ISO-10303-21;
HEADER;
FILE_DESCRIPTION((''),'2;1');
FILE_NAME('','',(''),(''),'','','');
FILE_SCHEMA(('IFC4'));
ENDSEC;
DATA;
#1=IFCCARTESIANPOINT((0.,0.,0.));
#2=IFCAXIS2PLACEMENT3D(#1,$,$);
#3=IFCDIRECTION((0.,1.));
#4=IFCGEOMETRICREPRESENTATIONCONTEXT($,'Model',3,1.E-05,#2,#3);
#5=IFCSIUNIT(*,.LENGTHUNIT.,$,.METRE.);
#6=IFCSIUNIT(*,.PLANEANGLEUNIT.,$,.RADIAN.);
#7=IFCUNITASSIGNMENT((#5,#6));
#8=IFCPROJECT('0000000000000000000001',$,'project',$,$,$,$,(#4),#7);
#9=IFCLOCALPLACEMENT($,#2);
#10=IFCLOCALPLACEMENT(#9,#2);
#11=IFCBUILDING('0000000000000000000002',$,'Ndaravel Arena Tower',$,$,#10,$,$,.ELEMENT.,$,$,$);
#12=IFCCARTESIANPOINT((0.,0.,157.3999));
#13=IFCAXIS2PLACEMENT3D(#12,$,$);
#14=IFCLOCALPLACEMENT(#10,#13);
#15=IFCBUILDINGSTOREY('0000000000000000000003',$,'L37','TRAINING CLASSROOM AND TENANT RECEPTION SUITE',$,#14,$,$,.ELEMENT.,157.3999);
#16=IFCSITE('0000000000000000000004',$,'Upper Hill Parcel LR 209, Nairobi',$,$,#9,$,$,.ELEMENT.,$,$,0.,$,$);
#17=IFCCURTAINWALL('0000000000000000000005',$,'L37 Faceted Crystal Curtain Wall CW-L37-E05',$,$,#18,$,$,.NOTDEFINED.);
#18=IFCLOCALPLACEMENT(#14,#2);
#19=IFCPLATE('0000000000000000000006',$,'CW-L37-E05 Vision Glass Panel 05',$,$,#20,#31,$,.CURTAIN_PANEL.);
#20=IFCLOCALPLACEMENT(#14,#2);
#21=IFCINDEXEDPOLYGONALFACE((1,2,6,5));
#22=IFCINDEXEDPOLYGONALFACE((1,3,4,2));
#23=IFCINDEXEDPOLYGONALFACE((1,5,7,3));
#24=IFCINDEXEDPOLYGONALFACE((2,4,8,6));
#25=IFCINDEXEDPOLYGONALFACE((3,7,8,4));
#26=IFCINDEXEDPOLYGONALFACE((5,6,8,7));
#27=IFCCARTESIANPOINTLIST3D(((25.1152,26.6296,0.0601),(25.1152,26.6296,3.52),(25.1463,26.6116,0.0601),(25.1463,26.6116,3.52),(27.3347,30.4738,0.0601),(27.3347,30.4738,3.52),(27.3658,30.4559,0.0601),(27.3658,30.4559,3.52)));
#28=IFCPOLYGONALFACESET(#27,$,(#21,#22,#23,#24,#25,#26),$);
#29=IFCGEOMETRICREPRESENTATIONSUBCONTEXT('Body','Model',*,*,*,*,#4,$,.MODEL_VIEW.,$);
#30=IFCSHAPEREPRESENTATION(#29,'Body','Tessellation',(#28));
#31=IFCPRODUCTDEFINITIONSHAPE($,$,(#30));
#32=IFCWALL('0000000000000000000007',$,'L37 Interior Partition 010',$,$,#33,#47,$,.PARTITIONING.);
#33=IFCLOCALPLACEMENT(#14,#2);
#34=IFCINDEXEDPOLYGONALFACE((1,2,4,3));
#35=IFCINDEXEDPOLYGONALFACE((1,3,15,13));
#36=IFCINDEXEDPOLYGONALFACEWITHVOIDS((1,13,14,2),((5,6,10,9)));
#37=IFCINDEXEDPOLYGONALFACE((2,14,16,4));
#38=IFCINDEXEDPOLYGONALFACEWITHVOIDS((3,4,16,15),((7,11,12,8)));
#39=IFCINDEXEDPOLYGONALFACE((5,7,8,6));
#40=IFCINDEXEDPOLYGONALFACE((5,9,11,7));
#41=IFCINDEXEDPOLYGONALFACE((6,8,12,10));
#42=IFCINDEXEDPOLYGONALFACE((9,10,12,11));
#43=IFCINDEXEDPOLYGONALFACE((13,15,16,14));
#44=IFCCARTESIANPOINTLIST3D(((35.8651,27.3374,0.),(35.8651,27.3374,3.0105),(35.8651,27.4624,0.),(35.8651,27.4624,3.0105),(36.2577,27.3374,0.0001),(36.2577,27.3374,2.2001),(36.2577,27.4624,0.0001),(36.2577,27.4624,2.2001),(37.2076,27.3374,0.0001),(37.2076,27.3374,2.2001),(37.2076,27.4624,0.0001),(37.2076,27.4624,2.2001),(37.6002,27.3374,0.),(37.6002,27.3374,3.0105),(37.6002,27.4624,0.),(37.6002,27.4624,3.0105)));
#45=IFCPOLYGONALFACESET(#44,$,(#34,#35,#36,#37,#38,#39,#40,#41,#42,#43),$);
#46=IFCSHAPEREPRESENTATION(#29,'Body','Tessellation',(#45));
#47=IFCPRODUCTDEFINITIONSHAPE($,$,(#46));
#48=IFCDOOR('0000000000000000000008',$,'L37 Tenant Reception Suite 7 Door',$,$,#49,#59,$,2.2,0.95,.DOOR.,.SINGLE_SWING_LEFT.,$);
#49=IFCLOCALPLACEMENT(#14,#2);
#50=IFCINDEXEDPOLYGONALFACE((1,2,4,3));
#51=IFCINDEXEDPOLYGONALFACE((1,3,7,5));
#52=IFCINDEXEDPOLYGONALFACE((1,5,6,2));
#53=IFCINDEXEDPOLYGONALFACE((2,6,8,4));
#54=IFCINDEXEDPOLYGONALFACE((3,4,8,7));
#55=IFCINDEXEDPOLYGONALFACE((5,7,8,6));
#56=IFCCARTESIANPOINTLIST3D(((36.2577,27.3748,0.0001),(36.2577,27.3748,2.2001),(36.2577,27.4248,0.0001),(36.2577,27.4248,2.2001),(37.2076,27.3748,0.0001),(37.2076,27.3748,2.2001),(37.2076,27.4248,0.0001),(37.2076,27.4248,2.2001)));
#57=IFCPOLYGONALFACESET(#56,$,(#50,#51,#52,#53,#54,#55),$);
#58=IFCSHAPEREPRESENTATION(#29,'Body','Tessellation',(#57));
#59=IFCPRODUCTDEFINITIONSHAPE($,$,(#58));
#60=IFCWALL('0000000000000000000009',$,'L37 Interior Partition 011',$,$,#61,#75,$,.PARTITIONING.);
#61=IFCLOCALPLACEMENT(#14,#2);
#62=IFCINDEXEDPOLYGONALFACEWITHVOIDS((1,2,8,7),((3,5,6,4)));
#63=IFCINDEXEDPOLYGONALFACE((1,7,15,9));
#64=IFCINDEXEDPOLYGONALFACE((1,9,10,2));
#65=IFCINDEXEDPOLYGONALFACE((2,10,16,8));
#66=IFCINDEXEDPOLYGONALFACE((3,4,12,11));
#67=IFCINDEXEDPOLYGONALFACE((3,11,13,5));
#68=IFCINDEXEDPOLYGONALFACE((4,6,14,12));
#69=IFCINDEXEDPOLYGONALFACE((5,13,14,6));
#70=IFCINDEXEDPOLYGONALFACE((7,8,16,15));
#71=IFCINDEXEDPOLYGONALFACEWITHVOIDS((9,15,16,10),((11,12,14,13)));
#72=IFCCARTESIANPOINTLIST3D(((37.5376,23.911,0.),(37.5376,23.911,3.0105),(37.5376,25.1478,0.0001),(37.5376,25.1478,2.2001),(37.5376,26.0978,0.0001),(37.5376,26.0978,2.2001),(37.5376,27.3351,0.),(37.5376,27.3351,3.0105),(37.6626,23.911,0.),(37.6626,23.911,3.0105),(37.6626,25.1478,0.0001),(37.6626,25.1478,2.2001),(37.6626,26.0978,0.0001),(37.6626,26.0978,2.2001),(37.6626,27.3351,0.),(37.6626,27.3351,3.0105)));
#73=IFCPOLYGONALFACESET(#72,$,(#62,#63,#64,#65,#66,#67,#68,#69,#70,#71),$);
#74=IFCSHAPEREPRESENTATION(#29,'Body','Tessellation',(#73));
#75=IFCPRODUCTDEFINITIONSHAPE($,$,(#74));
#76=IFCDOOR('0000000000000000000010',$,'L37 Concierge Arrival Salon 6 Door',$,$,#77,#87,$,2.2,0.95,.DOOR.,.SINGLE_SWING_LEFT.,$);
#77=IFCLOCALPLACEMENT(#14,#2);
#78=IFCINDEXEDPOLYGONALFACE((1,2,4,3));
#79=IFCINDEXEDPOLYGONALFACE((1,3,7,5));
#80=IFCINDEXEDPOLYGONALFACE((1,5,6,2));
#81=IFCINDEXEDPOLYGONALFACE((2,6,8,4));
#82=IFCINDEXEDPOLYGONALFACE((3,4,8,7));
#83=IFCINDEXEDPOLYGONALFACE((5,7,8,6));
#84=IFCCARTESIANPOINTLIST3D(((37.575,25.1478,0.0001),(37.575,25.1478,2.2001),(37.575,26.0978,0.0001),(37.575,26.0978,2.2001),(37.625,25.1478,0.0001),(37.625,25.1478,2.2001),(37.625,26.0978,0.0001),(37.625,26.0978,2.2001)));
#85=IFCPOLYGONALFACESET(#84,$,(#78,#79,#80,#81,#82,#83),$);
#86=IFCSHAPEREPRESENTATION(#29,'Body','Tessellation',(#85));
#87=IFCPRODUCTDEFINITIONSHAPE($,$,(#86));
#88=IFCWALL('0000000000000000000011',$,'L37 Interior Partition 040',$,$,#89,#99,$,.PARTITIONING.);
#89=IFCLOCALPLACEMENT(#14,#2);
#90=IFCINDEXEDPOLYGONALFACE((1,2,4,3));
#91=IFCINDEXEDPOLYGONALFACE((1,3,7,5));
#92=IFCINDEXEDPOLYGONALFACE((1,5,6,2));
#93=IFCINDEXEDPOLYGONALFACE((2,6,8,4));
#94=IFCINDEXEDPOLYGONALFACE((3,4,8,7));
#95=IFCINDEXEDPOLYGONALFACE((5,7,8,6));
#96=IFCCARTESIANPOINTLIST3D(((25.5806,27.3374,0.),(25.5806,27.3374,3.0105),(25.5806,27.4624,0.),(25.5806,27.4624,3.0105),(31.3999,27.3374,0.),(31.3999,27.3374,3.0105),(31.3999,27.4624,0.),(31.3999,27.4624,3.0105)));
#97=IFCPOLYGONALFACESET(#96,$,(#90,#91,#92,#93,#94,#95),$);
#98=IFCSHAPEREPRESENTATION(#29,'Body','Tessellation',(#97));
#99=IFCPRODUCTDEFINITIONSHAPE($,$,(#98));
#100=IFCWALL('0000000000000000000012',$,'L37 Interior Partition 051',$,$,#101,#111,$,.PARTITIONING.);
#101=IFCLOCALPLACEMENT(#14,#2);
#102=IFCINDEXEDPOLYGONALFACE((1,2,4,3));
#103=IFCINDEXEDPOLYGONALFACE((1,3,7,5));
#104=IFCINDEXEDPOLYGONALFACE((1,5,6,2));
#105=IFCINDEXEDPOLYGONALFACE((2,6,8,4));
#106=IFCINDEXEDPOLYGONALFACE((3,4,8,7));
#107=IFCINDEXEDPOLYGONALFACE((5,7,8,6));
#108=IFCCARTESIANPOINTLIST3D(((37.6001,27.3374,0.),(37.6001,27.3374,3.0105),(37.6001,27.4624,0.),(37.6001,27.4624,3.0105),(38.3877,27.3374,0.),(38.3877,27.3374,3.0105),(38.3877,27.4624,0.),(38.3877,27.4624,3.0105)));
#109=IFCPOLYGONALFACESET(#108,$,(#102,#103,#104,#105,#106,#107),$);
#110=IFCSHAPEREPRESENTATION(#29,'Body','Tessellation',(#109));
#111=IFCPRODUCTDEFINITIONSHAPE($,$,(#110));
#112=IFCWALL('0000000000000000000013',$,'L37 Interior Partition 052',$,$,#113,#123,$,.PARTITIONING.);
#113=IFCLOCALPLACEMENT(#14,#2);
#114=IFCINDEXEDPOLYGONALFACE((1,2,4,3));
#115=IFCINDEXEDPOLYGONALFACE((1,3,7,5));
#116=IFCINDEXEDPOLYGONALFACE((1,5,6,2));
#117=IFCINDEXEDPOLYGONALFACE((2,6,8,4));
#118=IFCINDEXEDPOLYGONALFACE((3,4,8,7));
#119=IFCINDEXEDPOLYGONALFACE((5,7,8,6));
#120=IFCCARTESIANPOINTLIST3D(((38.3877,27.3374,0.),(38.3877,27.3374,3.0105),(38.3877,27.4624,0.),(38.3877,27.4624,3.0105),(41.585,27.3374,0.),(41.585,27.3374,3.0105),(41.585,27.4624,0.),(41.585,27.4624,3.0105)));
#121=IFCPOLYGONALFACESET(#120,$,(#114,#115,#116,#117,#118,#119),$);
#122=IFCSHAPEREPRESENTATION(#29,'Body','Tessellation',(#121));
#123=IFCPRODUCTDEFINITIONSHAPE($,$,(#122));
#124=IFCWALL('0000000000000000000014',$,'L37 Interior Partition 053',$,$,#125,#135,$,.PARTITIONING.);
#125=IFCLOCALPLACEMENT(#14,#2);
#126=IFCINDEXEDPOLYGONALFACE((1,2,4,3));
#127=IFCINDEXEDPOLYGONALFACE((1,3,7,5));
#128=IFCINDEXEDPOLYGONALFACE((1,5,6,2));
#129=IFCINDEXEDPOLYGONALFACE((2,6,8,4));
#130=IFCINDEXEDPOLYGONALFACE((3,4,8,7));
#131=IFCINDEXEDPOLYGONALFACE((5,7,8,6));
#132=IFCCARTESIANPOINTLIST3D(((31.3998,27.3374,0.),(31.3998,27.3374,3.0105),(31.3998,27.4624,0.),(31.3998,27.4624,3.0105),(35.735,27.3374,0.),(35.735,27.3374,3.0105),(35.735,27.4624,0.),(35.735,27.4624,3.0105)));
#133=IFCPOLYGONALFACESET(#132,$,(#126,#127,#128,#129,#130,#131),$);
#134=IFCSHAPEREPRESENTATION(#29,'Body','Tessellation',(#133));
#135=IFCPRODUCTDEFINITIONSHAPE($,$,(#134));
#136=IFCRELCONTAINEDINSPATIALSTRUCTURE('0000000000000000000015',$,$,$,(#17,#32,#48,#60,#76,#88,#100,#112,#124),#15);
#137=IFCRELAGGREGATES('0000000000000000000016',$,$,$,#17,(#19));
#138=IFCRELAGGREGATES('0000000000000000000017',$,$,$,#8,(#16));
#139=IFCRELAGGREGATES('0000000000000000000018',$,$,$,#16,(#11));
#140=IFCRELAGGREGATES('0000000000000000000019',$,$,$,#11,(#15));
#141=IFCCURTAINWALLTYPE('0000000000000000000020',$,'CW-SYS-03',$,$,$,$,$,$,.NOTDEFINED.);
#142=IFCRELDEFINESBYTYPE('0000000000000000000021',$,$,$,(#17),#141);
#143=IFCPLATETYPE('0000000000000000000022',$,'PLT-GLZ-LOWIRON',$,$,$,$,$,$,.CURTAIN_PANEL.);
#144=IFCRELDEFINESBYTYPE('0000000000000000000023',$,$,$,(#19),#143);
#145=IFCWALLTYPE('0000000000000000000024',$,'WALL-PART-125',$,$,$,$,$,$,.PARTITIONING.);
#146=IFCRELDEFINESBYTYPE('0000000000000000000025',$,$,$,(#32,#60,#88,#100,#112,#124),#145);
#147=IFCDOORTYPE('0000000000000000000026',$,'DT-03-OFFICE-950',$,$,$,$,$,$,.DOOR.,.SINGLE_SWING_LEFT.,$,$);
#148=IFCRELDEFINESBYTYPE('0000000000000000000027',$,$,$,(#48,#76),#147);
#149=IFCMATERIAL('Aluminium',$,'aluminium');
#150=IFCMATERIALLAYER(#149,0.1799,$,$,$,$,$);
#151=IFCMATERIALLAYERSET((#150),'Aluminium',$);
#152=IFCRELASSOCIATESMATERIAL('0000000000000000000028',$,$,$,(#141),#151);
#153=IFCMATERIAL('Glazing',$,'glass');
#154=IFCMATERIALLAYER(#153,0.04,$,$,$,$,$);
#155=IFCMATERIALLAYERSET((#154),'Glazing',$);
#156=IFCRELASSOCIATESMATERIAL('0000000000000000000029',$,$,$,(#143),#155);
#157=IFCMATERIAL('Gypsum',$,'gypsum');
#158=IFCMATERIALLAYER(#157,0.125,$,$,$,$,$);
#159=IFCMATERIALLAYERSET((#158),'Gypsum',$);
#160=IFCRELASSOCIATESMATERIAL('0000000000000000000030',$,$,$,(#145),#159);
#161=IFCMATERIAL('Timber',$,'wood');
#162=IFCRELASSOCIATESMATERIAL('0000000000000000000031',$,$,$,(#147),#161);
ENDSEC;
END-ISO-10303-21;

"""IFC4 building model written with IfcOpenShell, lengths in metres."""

from ifc_helpers import new_model, si_unit, direction, frame, frame_2d, origin, origin_2d, place, context, subcontext, project, spatial, rectangle, extrude, material, layer, layer_set, type_object, element, fill, aggregate, save


model = new_model("IFC4")

# Units and contexts
model_context = context("Model", 3, precision=1e-05, world=origin(), true_north=direction((0.0, 1.0)))
body_context = subcontext(model_context, "Body", "Model", "MODEL_VIEW")
ifc_project = project(units=[si_unit("LENGTHUNIT", "METRE"), si_unit("PLANEANGLEUNIT", "RADIAN")], contexts=[model_context])

# Site, building, storey
site_placement = place(None, origin())
site = spatial("IfcSite", under=ifc_project, at=site_placement, Name="Upper Hill Parcel LR 209, Nairobi", CompositionType="ELEMENT", RefElevation=0.0)
building_placement = place(site_placement, origin())
building = spatial("IfcBuilding", under=site, at=building_placement, Name="Ndaravel Arena Tower", CompositionType="ELEMENT")
storey_placement = place(building_placement, frame((0.0, 0.0, 157.3999)))
storey = spatial("IfcBuildingStorey", under=building, at=storey_placement, Name="L37", Description="TRAINING CLASSROOM AND TENANT RECEPTION SUITE", CompositionType="ELEMENT", Elevation=157.3999)

# Curtain wall, plate
ifc_material_1 = material(Name="Aluminium", Category="aluminium")
ifc_layer_1 = layer(ifc_material_1, 0.1799)
ifc_layer_set_1 = layer_set([ifc_layer_1], Name="Aluminium")
curtain_wall_type = type_object("IfcCurtainWallType", Name="CW-SYS-03", PredefinedType="NOTDEFINED", material=ifc_layer_set_1)
curtain_wall_placement = place(storey_placement, origin())
curtain_wall = element("IfcCurtainWall", 1, at=curtain_wall_placement, inside=storey, type_object=curtain_wall_type, Name="L37 Faceted Crystal Curtain Wall CW-L37-E05", PredefinedType="NOTDEFINED")
ifc_material_2 = material(Name="Glazing", Category="glass")
ifc_layer_2 = layer(ifc_material_2, 0.04)
ifc_layer_set_2 = layer_set([ifc_layer_2], Name="Glazing")
plate_type = type_object("IfcPlateType", Name="PLT-GLZ-LOWIRON", PredefinedType="CURTAIN_PANEL", material=ifc_layer_set_2)
plate_1_placement = place(storey_placement, frame((26.2405, 28.5427, 0.0601), z_axis=(0.0, 0.0, 1.0), x_axis=(-0.5, -0.866025, 0.0)))
plate_1 = element("IfcPlate", 2, at=plate_1_placement, type_object=plate_type, Name="CW-L37-E05 Vision Glass Panel 05", PredefinedType="CURTAIN_PANEL", context=body_context, shape_type="SweptSolid", body=[
    extrude(rectangle(XDim=4.439, YDim=0.0359, at=origin_2d()), origin(), (0.0, 0.0, 1.0), 3.46),
])
aggregate(curtain_wall, [plate_1])

# Walls, openings, doors
ifc_material_3 = material(Name="Gypsum", Category="gypsum")
ifc_layer_3 = layer(ifc_material_3, 0.125)
ifc_layer_set_3 = layer_set([ifc_layer_3], Name="Gypsum")
wall_type = type_object("IfcWallType", Name="WALL-PART-125", PredefinedType="PARTITIONING", material=ifc_layer_set_3)
wall_1_placement = place(storey_placement, frame((35.865, 27.3999, 0.0), z_axis=(0.0, 0.0, 1.0), x_axis=(1.0, 0.0, 0.0)))
wall_1 = element("IfcWall", 3, at=wall_1_placement, inside=storey, type_object=wall_type, Name="L37 Interior Partition 010", PredefinedType="PARTITIONING", context=body_context, shape_type="SweptSolid", body=[
    extrude(rectangle(XDim=1.7351, YDim=0.125, at=frame_2d((0.8677, 0.0))), origin(), (0.0, 0.0, 1.0), 3.0105),
])
opening_1_placement = place(wall_1_placement, frame((0.3926, 0.0, 0.0)))
opening_1 = element("IfcOpeningElement", 4, at=opening_1_placement, cuts=wall_1, PredefinedType="OPENING", context=body_context, shape_type="SweptSolid", body=[
    extrude(rectangle(XDim=0.95, YDim=2.2, at=frame_2d((0.4751, 1.1001))), frame((0.0, 0.0625, 0.0), z_axis=(0.0, -1.0, 0.0), x_axis=(1.0, 0.0, 0.0)), (0.0, 0.0, 1.0), 0.125),
])
ifc_material_4 = material(Name="Timber", Category="wood")
door_type = type_object("IfcDoorType", Name="DT-03-OFFICE-950", OperationType="SINGLE_SWING_LEFT", PredefinedType="DOOR", material=ifc_material_4)
door_1_placement = place(opening_1_placement, origin())
door_1 = element("IfcDoor", 5, at=door_1_placement, inside=storey, type_object=door_type, Name="L37 Tenant Reception Suite 7 Door", OperationType="SINGLE_SWING_LEFT", OverallHeight=2.2, OverallWidth=0.95, PredefinedType="DOOR", context=body_context, shape_type="SweptSolid", body=[
    extrude(rectangle(XDim=0.95, YDim=2.2, at=frame_2d((0.4751, 1.1001))), frame((0.0, 0.0249, 0.0), z_axis=(0.0, -1.0, 0.0), x_axis=(1.0, 0.0, 0.0)), (0.0, 0.0, 1.0), 0.05),
])
fill(opening_1, door_1)
wall_2_placement = place(storey_placement, frame((37.6001, 27.335, 0.0), z_axis=(0.0, 0.0, 1.0), x_axis=(0.0, -1.0, 0.0)))
wall_2 = element("IfcWall", 6, at=wall_2_placement, inside=storey, type_object=wall_type, Name="L37 Interior Partition 011", PredefinedType="PARTITIONING", context=body_context, shape_type="SweptSolid", body=[
    extrude(rectangle(XDim=3.4241, YDim=0.125, at=frame_2d((1.7119, 0.0))), origin(), (0.0, 0.0, 1.0), 3.0105),
])
opening_2_placement = place(wall_2_placement, frame((1.2371, 0.0, 0.0)))
opening_2 = element("IfcOpeningElement", 7, at=opening_2_placement, cuts=wall_2, PredefinedType="OPENING", context=body_context, shape_type="SweptSolid", body=[
    extrude(rectangle(XDim=0.95, YDim=2.2, at=frame_2d((0.4751, 1.1001))), frame((0.0, 0.0625, 0.0), z_axis=(0.0, -1.0, 0.0), x_axis=(1.0, 0.0, 0.0)), (0.0, 0.0, 1.0), 0.125),
])
door_2_placement = place(opening_2_placement, origin())
door_2 = element("IfcDoor", 8, at=door_2_placement, inside=storey, type_object=door_type, Name="L37 Concierge Arrival Salon 6 Door", OperationType="SINGLE_SWING_LEFT", OverallHeight=2.2, OverallWidth=0.95, PredefinedType="DOOR", context=body_context, shape_type="SweptSolid", body=[
    extrude(rectangle(XDim=0.95, YDim=2.2, at=frame_2d((0.4751, 1.1001))), frame((0.0, 0.0249, 0.0), z_axis=(0.0, -1.0, 0.0), x_axis=(1.0, 0.0, 0.0)), (0.0, 0.0, 1.0), 0.05),
])
fill(opening_2, door_2)

# Walls
wall_3_placement = place(storey_placement, frame((25.5806, 27.3999, 0.0), z_axis=(0.0, 0.0, 1.0), x_axis=(1.0, 0.0, 0.0)))
element("IfcWall", 9, at=wall_3_placement, inside=storey, type_object=wall_type, Name="L37 Interior Partition 040", PredefinedType="PARTITIONING", context=body_context, shape_type="SweptSolid", body=[
    extrude(rectangle(XDim=5.8193, YDim=0.125, at=frame_2d((2.9097, 0.0))), origin(), (0.0, 0.0, 1.0), 3.0105),
])
wall_4_placement = place(storey_placement, frame((37.6001, 27.3999, 0.0), z_axis=(0.0, 0.0, 1.0), x_axis=(1.0, 0.0, 0.0)))
element("IfcWall", 10, at=wall_4_placement, inside=storey, type_object=wall_type, Name="L37 Interior Partition 051", PredefinedType="PARTITIONING", context=body_context, shape_type="SweptSolid", body=[
    extrude(rectangle(XDim=0.7876, YDim=0.125, at=frame_2d((0.3938, 0.0))), origin(), (0.0, 0.0, 1.0), 3.0105),
])
wall_5_placement = place(storey_placement, frame((38.3877, 27.3999, 0.0), z_axis=(0.0, 0.0, 1.0), x_axis=(1.0, 0.0, 0.0)))
element("IfcWall", 11, at=wall_5_placement, inside=storey, type_object=wall_type, Name="L37 Interior Partition 052", PredefinedType="PARTITIONING", context=body_context, shape_type="SweptSolid", body=[
    extrude(rectangle(XDim=3.1973, YDim=0.125, at=frame_2d((1.5986, 0.0))), origin(), (0.0, 0.0, 1.0), 3.0105),
])
wall_6_placement = place(storey_placement, frame((31.3999, 27.3999, 0.0), z_axis=(0.0, 0.0, 1.0), x_axis=(1.0, 0.0, 0.0)))
element("IfcWall", 12, at=wall_6_placement, inside=storey, type_object=wall_type, Name="L37 Interior Partition 053", PredefinedType="PARTITIONING", context=body_context, shape_type="SweptSolid", body=[
    extrude(rectangle(XDim=4.3352, YDim=0.125, at=frame_2d((2.1675, 0.0))), origin(), (0.0, 0.0, 1.0), 3.0105),
])

save(model, "model.ifc")
